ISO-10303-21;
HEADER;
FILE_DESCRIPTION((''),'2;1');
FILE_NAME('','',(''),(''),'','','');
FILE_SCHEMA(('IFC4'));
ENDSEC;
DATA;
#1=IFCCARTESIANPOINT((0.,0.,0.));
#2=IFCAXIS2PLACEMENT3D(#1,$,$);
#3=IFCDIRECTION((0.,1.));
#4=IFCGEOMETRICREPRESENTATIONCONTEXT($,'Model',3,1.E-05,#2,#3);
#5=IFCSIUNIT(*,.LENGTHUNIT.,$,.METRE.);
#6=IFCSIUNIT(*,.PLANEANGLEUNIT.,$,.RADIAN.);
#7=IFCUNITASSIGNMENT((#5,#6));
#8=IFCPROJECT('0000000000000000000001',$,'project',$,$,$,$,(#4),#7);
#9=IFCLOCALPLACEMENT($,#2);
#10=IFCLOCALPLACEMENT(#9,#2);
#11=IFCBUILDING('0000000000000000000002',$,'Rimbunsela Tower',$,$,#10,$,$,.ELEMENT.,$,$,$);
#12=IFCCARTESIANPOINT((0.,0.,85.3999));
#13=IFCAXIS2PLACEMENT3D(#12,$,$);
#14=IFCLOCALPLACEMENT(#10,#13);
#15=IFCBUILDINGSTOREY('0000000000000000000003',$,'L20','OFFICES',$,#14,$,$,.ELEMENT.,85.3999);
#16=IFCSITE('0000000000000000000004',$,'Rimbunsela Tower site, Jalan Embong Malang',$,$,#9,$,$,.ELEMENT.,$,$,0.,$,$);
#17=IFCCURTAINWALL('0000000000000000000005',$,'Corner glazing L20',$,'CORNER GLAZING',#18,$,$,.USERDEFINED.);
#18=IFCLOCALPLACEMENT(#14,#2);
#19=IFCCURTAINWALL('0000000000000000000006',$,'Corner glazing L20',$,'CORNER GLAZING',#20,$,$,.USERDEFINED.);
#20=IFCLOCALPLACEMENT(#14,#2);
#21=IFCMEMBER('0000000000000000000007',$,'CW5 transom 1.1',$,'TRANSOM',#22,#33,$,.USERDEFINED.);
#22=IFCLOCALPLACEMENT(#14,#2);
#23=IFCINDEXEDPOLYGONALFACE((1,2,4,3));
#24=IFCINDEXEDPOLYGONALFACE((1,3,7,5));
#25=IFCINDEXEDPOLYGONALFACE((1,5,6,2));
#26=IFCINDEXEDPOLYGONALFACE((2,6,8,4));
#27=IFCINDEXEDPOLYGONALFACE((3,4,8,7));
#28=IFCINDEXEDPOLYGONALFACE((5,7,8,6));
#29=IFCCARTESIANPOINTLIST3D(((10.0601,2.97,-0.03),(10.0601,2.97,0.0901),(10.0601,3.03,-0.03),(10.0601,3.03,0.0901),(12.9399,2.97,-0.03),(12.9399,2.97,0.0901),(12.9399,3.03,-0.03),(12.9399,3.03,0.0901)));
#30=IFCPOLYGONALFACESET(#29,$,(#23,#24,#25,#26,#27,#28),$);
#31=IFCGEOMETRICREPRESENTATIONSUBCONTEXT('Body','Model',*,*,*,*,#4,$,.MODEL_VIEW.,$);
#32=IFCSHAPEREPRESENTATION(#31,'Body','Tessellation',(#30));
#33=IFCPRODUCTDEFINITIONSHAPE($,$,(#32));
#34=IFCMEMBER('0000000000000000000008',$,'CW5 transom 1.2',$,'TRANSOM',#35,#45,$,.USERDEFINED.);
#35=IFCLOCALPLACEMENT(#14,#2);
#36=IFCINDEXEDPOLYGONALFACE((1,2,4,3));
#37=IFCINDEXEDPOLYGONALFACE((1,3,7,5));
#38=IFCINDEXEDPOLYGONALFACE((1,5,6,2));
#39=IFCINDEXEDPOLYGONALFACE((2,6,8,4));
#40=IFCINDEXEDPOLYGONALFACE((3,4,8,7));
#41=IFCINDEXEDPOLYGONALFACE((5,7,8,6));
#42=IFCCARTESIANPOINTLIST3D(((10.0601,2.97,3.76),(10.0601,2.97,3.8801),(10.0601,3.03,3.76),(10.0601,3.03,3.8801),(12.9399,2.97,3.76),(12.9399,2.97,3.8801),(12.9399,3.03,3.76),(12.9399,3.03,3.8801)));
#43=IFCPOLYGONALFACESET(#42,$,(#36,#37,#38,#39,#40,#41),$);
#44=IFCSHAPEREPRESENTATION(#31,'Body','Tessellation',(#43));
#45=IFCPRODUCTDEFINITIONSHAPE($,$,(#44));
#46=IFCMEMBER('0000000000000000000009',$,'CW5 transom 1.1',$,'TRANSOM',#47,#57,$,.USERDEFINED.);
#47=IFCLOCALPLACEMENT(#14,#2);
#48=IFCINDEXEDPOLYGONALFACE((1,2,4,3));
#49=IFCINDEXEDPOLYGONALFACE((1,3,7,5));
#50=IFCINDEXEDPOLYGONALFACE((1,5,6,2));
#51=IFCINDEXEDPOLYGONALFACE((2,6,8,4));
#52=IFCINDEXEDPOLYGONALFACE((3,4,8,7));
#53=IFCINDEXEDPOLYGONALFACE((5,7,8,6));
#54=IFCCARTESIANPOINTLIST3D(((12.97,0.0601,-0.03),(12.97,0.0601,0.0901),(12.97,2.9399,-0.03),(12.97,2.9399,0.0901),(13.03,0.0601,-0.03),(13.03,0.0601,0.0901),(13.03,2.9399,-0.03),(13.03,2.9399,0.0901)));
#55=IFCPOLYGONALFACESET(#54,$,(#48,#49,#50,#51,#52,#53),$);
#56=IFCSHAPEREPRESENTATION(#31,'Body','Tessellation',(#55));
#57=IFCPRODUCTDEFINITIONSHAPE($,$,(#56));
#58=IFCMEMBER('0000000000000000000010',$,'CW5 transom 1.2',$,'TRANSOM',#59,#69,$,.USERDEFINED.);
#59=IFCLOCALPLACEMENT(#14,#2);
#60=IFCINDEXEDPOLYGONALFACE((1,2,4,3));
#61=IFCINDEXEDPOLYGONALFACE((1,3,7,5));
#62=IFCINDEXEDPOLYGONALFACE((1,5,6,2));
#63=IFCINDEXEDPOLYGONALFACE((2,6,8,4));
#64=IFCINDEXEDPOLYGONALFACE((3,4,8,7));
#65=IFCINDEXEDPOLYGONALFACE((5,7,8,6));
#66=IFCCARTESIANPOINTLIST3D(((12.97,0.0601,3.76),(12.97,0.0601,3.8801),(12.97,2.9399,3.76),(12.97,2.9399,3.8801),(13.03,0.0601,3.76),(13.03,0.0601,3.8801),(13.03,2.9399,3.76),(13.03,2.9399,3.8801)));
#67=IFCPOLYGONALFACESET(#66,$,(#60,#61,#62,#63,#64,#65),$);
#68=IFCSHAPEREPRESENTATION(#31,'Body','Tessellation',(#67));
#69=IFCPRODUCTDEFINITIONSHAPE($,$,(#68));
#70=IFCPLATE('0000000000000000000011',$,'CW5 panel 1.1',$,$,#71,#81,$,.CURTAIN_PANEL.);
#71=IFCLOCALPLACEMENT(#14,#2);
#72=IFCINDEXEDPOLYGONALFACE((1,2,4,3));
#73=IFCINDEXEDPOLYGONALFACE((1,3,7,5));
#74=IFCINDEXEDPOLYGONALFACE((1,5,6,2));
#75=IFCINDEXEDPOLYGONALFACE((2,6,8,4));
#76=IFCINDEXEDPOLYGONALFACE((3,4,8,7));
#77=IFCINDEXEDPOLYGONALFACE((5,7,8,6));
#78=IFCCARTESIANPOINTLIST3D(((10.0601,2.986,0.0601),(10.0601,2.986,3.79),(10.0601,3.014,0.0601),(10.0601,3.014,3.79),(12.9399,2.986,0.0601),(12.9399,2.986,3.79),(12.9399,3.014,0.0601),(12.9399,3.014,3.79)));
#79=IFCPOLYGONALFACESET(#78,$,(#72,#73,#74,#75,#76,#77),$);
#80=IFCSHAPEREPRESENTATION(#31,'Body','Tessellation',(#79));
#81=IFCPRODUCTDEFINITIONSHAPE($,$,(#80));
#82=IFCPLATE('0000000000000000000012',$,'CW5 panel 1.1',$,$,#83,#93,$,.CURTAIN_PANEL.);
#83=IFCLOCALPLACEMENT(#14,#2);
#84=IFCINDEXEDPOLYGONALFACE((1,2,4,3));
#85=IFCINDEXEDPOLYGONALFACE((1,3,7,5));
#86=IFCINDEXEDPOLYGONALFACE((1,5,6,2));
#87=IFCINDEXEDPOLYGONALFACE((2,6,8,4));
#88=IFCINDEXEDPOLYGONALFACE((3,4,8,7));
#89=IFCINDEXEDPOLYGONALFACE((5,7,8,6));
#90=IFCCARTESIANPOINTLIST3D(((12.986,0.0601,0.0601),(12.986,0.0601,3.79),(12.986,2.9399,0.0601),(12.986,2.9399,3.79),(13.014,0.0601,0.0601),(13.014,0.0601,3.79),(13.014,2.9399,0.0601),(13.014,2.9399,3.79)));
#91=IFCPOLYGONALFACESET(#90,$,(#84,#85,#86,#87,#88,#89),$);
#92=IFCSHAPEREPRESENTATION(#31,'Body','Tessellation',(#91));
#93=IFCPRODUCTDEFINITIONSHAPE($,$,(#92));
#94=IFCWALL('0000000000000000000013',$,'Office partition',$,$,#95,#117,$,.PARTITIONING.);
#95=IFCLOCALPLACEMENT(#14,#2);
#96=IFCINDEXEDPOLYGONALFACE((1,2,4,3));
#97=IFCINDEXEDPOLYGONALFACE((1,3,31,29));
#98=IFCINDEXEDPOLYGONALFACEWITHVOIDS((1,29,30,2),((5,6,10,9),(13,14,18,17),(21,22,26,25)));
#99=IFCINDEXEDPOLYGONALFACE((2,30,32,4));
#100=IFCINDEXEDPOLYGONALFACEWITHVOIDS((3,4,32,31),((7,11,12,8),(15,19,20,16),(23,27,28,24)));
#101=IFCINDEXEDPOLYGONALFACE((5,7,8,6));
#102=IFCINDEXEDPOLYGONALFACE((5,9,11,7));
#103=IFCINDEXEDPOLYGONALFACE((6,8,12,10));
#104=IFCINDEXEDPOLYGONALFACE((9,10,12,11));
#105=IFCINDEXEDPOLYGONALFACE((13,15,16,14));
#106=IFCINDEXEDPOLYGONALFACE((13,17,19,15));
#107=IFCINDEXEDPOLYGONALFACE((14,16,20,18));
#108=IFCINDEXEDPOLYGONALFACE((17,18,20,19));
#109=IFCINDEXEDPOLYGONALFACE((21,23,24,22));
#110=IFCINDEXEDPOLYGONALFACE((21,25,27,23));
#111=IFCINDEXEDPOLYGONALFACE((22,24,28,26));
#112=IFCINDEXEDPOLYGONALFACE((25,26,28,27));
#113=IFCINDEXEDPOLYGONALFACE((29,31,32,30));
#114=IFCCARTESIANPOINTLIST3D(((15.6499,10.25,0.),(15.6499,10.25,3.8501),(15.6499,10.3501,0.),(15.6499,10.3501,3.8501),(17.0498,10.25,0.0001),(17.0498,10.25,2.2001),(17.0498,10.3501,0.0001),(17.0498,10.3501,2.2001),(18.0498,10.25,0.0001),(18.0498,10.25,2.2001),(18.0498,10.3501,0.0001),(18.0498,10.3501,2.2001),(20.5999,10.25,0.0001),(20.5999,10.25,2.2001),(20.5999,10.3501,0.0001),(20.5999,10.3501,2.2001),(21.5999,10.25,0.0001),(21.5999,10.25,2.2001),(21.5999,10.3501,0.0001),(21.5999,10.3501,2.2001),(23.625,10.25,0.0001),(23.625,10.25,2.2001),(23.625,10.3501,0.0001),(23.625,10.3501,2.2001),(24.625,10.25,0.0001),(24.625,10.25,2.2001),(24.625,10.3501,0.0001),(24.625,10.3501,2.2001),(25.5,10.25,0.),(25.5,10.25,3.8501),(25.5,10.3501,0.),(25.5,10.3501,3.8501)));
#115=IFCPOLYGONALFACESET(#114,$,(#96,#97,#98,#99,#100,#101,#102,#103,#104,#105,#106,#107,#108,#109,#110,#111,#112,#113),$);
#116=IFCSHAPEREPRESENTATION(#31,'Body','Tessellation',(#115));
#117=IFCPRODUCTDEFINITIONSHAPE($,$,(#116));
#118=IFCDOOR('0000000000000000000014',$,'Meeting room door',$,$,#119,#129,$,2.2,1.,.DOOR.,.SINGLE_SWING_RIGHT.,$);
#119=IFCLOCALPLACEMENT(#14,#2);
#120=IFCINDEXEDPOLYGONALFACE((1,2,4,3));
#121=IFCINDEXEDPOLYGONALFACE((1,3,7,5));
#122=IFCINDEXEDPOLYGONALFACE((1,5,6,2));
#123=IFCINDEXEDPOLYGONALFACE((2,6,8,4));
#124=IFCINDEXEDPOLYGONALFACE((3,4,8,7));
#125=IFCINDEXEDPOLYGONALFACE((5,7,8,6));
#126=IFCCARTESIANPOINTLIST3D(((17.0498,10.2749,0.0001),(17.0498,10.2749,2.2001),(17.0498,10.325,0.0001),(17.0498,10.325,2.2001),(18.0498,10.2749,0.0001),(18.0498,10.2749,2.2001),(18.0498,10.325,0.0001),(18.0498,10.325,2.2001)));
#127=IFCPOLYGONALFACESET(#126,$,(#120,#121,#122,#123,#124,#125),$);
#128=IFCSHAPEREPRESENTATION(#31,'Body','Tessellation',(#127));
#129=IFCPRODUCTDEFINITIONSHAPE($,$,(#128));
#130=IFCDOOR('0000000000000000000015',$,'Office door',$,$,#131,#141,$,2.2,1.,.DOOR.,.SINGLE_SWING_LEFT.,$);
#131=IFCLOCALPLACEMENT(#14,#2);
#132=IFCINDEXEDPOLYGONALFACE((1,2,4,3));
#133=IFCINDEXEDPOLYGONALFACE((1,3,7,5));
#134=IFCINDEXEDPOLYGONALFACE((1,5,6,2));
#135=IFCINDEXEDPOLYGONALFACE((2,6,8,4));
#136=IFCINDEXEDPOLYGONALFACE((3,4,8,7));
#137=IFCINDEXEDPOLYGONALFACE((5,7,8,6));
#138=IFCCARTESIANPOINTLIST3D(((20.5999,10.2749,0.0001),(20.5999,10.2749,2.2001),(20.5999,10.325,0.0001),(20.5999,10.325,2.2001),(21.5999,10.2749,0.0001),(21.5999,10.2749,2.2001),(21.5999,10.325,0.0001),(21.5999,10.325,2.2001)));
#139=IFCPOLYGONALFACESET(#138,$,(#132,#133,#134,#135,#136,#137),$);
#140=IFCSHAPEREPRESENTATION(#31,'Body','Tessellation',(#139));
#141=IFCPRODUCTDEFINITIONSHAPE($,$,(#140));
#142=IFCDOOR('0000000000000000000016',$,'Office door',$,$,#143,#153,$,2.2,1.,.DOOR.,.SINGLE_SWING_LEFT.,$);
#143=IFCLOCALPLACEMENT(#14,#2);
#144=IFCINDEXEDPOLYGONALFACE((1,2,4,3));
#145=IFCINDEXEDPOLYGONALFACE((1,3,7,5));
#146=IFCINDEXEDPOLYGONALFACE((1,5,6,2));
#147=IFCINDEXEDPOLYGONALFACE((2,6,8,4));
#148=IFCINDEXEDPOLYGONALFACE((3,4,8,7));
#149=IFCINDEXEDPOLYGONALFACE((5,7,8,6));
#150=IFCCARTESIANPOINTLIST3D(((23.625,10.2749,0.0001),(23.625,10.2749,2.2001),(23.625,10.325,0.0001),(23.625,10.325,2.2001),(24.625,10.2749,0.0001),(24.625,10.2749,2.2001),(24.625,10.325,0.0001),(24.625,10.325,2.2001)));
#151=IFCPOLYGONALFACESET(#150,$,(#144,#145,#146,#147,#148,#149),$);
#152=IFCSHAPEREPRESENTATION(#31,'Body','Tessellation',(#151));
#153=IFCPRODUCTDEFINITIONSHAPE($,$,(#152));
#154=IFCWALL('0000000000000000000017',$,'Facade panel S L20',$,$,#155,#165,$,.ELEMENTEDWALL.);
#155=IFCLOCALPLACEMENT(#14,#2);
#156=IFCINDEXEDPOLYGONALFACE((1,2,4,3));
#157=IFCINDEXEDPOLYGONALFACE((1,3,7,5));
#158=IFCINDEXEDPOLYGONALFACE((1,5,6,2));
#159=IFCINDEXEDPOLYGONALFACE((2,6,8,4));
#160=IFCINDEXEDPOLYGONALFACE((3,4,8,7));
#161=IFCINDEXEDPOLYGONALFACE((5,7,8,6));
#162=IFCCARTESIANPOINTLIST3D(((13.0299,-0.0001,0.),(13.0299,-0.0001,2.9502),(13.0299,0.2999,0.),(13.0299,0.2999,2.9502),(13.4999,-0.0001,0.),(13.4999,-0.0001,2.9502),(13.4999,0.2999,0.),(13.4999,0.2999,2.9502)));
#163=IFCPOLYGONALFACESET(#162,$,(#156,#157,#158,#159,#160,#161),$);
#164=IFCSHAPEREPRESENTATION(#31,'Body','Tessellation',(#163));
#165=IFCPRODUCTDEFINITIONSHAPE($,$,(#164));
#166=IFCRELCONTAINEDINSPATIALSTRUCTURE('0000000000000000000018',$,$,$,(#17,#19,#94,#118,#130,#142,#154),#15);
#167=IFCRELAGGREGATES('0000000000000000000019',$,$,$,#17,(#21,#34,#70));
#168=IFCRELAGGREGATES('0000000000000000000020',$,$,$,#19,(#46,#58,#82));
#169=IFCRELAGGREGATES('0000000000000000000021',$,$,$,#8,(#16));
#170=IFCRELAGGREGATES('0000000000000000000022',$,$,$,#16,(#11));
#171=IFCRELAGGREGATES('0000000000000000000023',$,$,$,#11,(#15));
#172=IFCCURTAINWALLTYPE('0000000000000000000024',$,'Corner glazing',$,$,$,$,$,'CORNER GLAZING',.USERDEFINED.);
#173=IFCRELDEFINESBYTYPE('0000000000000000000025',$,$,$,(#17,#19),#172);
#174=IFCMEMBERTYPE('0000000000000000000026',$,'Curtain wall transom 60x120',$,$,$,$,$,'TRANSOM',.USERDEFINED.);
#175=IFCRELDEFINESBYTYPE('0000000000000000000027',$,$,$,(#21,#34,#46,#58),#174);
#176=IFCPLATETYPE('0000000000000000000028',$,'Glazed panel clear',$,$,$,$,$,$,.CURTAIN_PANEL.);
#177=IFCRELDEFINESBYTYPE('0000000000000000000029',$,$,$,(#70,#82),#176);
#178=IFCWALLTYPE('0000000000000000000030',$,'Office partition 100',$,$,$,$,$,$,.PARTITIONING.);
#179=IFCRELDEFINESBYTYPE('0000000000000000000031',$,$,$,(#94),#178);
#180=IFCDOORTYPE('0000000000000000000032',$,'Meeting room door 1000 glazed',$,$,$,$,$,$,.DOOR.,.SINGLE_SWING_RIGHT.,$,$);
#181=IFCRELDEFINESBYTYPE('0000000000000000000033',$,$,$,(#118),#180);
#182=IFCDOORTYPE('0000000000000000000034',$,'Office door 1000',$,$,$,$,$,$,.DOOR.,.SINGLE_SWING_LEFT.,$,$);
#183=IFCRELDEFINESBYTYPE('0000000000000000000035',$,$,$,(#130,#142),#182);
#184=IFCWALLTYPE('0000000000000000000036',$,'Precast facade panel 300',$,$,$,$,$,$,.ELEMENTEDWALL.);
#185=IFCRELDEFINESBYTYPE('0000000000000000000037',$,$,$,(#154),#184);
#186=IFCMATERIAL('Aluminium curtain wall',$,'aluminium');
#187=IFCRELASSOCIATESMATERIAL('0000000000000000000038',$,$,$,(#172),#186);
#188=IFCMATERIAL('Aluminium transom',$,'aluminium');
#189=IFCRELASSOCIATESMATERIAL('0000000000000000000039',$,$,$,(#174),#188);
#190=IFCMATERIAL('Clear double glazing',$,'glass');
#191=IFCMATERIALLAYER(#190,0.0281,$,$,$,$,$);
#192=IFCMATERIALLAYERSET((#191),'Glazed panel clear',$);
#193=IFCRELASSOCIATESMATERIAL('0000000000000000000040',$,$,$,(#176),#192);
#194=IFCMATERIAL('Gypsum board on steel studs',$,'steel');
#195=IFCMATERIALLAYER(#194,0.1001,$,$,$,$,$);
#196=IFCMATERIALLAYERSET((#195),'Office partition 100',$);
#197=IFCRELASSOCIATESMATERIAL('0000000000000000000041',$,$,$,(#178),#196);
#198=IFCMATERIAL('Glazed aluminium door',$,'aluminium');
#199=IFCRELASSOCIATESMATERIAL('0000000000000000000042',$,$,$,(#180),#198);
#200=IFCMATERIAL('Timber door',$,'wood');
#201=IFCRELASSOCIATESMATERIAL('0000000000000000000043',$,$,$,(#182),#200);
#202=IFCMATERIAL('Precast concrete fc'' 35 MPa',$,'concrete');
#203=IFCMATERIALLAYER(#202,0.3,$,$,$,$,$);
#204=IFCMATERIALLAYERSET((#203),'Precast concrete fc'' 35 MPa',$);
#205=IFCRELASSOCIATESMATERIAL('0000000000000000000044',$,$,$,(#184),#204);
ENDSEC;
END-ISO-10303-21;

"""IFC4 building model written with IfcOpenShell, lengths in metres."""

from ifc_helpers import new_model, si_unit, direction, frame, frame_2d, origin, origin_2d, place, context, subcontext, project, spatial, rectangle, extrude, material, layer, layer_set, material_profile, profile_set, type_object, element, fill, aggregate, save


model = new_model("IFC4")

# Units and contexts
model_context = context("Model", 3, precision=1e-05, world=origin(), true_north=direction((0.0, 1.0)))
body_context = subcontext(model_context, "Body", "Model", "MODEL_VIEW")
ifc_project = project(units=[si_unit("LENGTHUNIT", "METRE"), si_unit("PLANEANGLEUNIT", "RADIAN")], contexts=[model_context])

# Site, building, storey
site_placement = place(None, origin())
site = spatial("IfcSite", under=ifc_project, at=site_placement, Name="Rimbunsela Tower site, Jalan Embong Malang", CompositionType="ELEMENT", RefElevation=0.0)
building_placement = place(site_placement, origin())
building = spatial("IfcBuilding", under=site, at=building_placement, Name="Rimbunsela Tower", CompositionType="ELEMENT")
storey_placement = place(building_placement, frame((0.0, 0.0, 85.3999)))
storey = spatial("IfcBuildingStorey", under=building, at=storey_placement, Name="L20", Description="OFFICES", CompositionType="ELEMENT", Elevation=85.3999)

# Curtain walls
ifc_material_1 = material(Name="Aluminium curtain wall", Category="aluminium")
curtain_wall_type = type_object("IfcCurtainWallType", Name="Corner glazing", ElementType="CORNER GLAZING", PredefinedType="USERDEFINED", material=ifc_material_1)
curtain_wall_1_placement = place(storey_placement, origin())
curtain_wall_1 = element("IfcCurtainWall", 1, at=curtain_wall_1_placement, inside=storey, type_object=curtain_wall_type, Name="Corner glazing L20", ObjectType="CORNER GLAZING", PredefinedType="USERDEFINED")
curtain_wall_2_placement = place(storey_placement, origin())
curtain_wall_2 = element("IfcCurtainWall", 2, at=curtain_wall_2_placement, inside=storey, type_object=curtain_wall_type, Name="Corner glazing L20", ObjectType="CORNER GLAZING", PredefinedType="USERDEFINED")

# Members
ifc_material_2 = material(Name="Aluminium transom", Category="aluminium")
ifc_material_profile_1 = material_profile(ifc_material_2, rectangle(XDim=0.0601, YDim=0.1201, at=origin_2d()), Name="Transom 60x120")
ifc_profile_set_1 = profile_set([ifc_material_profile_1], Name="Aluminium transom")
member_type_1 = type_object("IfcMemberType", Name="Curtain wall transom 60x120", ElementType="TRANSOM", PredefinedType="USERDEFINED", material=ifc_profile_set_1)
member_1_placement = place(storey_placement, frame((10.0601, 3.0, 0.03), z_axis=(1.0, 0.0, 0.0), x_axis=(0.0, 1.0, 0.0)))
member_1 = element("IfcMember", 3, at=member_1_placement, type_object=member_type_1, Name="CW5 transom 1.1", ObjectType="TRANSOM", PredefinedType="USERDEFINED", context=body_context, shape_type="SweptSolid", body=[
    extrude(rectangle(XDim=0.0601, YDim=0.1201, at=origin_2d()), origin(), (0.0, 0.0, 1.0), 2.8799),
])
member_2_placement = place(storey_placement, frame((10.0601, 3.0, 3.8201), z_axis=(1.0, 0.0, 0.0), x_axis=(0.0, 1.0, 0.0)))
member_2 = element("IfcMember", 4, at=member_2_placement, type_object=member_type_1, Name="CW5 transom 1.2", ObjectType="TRANSOM", PredefinedType="USERDEFINED", context=body_context, shape_type="SweptSolid", body=[
    extrude(rectangle(XDim=0.0601, YDim=0.1201, at=origin_2d()), origin(), (0.0, 0.0, 1.0), 2.8799),
])
member_3_placement = place(storey_placement, frame((13.0, 2.9399, 0.03), z_axis=(0.0, -1.0, 0.0), x_axis=(1.0, 0.0, 0.0)))
member_3 = element("IfcMember", 5, at=member_3_placement, type_object=member_type_1, Name="CW5 transom 1.1", ObjectType="TRANSOM", PredefinedType="USERDEFINED", context=body_context, shape_type="SweptSolid", body=[
    extrude(rectangle(XDim=0.0601, YDim=0.1201, at=origin_2d()), origin(), (0.0, 0.0, 1.0), 2.8799),
])
member_4_placement = place(storey_placement, frame((13.0, 2.9399, 3.8201), z_axis=(0.0, -1.0, 0.0), x_axis=(1.0, 0.0, 0.0)))
member_4 = element("IfcMember", 6, at=member_4_placement, type_object=member_type_1, Name="CW5 transom 1.2", ObjectType="TRANSOM", PredefinedType="USERDEFINED", context=body_context, shape_type="SweptSolid", body=[
    extrude(rectangle(XDim=0.0601, YDim=0.1201, at=origin_2d()), origin(), (0.0, 0.0, 1.0), 2.8799),
])

# Plates
ifc_material_3 = material(Name="Clear double glazing", Category="glass")
ifc_layer_1 = layer(ifc_material_3, 0.0281)
ifc_layer_set_1 = layer_set([ifc_layer_1], Name="Glazed panel clear")
plate_type = type_object("IfcPlateType", Name="Glazed panel clear", PredefinedType="CURTAIN_PANEL", material=ifc_layer_set_1)
plate_1_placement = place(storey_placement, frame((11.5, 3.0, 0.0601), z_axis=(0.0, 0.0, 1.0), x_axis=(1.0, 0.0, 0.0)))
plate_1 = element("IfcPlate", 7, at=plate_1_placement, type_object=plate_type, Name="CW5 panel 1.1", PredefinedType="CURTAIN_PANEL", context=body_context, shape_type="SweptSolid", body=[
    extrude(rectangle(XDim=2.8799, YDim=0.0281, at=origin_2d()), origin(), (0.0, 0.0, 1.0), 3.73),
])
aggregate(curtain_wall_1, [member_1, member_2, plate_1])
plate_2_placement = place(storey_placement, frame((13.0, 1.5, 0.0601), z_axis=(0.0, 0.0, 1.0), x_axis=(0.0, -1.0, 0.0)))
plate_2 = element("IfcPlate", 8, at=plate_2_placement, type_object=plate_type, Name="CW5 panel 1.1", PredefinedType="CURTAIN_PANEL", context=body_context, shape_type="SweptSolid", body=[
    extrude(rectangle(XDim=2.8799, YDim=0.0281, at=origin_2d()), origin(), (0.0, 0.0, 1.0), 3.73),
])
aggregate(curtain_wall_2, [member_3, member_4, plate_2])

# Wall, openings, doors
ifc_material_4 = material(Name="Gypsum board on steel studs", Category="steel")
ifc_layer_2 = layer(ifc_material_4, 0.1001)
ifc_layer_set_2 = layer_set([ifc_layer_2], Name="Office partition 100")
wall_type_1 = type_object("IfcWallType", Name="Office partition 100", PredefinedType="PARTITIONING", material=ifc_layer_set_2)
wall_1_placement = place(storey_placement, frame((15.6499, 10.3, 0.0), z_axis=(0.0, 0.0, 1.0), x_axis=(1.0, 0.0, 0.0)))
wall_1 = element("IfcWall", 9, at=wall_1_placement, inside=storey, type_object=wall_type_1, Name="Office partition", PredefinedType="PARTITIONING", context=body_context, shape_type="SweptSolid", body=[
    extrude(rectangle(XDim=9.8501, YDim=0.1001, at=frame_2d((4.925, 0.0))), origin(), (0.0, 0.0, 1.0), 3.8501),
])
opening_1_placement = place(wall_1_placement, frame((1.3999, 0.0, 0.0)))
opening_1 = element("IfcOpeningElement", 10, at=opening_1_placement, cuts=wall_1, PredefinedType="OPENING", context=body_context, shape_type="SweptSolid", body=[
    extrude(rectangle(XDim=1.0, YDim=2.2, at=frame_2d((0.5, 1.1001))), frame((0.0, 0.0601, 0.0), z_axis=(0.0, -1.0, 0.0), x_axis=(1.0, 0.0, 0.0)), (0.0, 0.0, 1.0), 0.1201),
])
opening_2_placement = place(wall_1_placement, frame((4.95, 0.0, 0.0)))
opening_2 = element("IfcOpeningElement", 11, at=opening_2_placement, cuts=wall_1, PredefinedType="OPENING", context=body_context, shape_type="SweptSolid", body=[
    extrude(rectangle(XDim=1.0, YDim=2.2, at=frame_2d((0.5, 1.1001))), frame((0.0, 0.0601, 0.0), z_axis=(0.0, -1.0, 0.0), x_axis=(1.0, 0.0, 0.0)), (0.0, 0.0, 1.0), 0.1201),
])
opening_3_placement = place(wall_1_placement, frame((7.9751, 0.0, 0.0)))
opening_3 = element("IfcOpeningElement", 12, at=opening_3_placement, cuts=wall_1, PredefinedType="OPENING", context=body_context, shape_type="SweptSolid", body=[
    extrude(rectangle(XDim=1.0, YDim=2.2, at=frame_2d((0.5, 1.1001))), frame((0.0, 0.0601, 0.0), z_axis=(0.0, -1.0, 0.0), x_axis=(1.0, 0.0, 0.0)), (0.0, 0.0, 1.0), 0.1201),
])
ifc_material_5 = material(Name="Glazed aluminium door", Category="aluminium")
door_type_1 = type_object("IfcDoorType", Name="Meeting room door 1000 glazed", OperationType="SINGLE_SWING_RIGHT", PredefinedType="DOOR", material=ifc_material_5)
door_1_placement = place(opening_1_placement, origin())
door_1 = element("IfcDoor", 13, at=door_1_placement, inside=storey, type_object=door_type_1, Name="Meeting room door", OperationType="SINGLE_SWING_RIGHT", OverallHeight=2.2, OverallWidth=1.0, PredefinedType="DOOR", context=body_context, shape_type="SweptSolid", body=[
    extrude(rectangle(XDim=1.0, YDim=2.2, at=frame_2d((0.5, 1.1001))), frame((0.0, 0.0249, 0.0), z_axis=(0.0, -1.0, 0.0), x_axis=(1.0, 0.0, 0.0)), (0.0, 0.0, 1.0), 0.05),
])
fill(opening_1, door_1)
ifc_material_6 = material(Name="Timber door", Category="wood")
door_type_2 = type_object("IfcDoorType", Name="Office door 1000", OperationType="SINGLE_SWING_LEFT", PredefinedType="DOOR", material=ifc_material_6)
door_2_placement = place(opening_2_placement, origin())
door_2 = element("IfcDoor", 14, at=door_2_placement, inside=storey, type_object=door_type_2, Name="Office door", OperationType="SINGLE_SWING_LEFT", OverallHeight=2.2, OverallWidth=1.0, PredefinedType="DOOR", context=body_context, shape_type="SweptSolid", body=[
    extrude(rectangle(XDim=1.0, YDim=2.2, at=frame_2d((0.5, 1.1001))), frame((0.0, 0.0249, 0.0), z_axis=(0.0, -1.0, 0.0), x_axis=(1.0, 0.0, 0.0)), (0.0, 0.0, 1.0), 0.05),
])
fill(opening_2, door_2)
door_3_placement = place(opening_3_placement, origin())
door_3 = element("IfcDoor", 15, at=door_3_placement, inside=storey, type_object=door_type_2, Name="Office door", OperationType="SINGLE_SWING_LEFT", OverallHeight=2.2, OverallWidth=1.0, PredefinedType="DOOR", context=body_context, shape_type="SweptSolid", body=[
    extrude(rectangle(XDim=1.0, YDim=2.2, at=frame_2d((0.5, 1.1001))), frame((0.0, 0.0249, 0.0), z_axis=(0.0, -1.0, 0.0), x_axis=(1.0, 0.0, 0.0)), (0.0, 0.0, 1.0), 0.05),
])
fill(opening_3, door_3)

# Wall
ifc_material_7 = material(Name="Precast concrete fc' 35 MPa", Category="concrete")
ifc_layer_3 = layer(ifc_material_7, 0.3)
ifc_layer_set_3 = layer_set([ifc_layer_3], Name="Precast concrete fc' 35 MPa")
wall_type_2 = type_object("IfcWallType", Name="Precast facade panel 300", PredefinedType="ELEMENTEDWALL", material=ifc_layer_set_3)
wall_2_placement = place(storey_placement, frame((13.03, 0.1499, 0.0), z_axis=(0.0, 0.0, 1.0), x_axis=(1.0, 0.0, 0.0)))
element("IfcWall", 16, at=wall_2_placement, inside=storey, type_object=wall_type_2, Name="Facade panel S L20", PredefinedType="ELEMENTEDWALL", context=body_context, shape_type="SweptSolid", body=[
    extrude(rectangle(XDim=0.47, YDim=0.3, at=frame_2d((0.2349, 0.0))), origin(), (0.0, 0.0, 1.0), 2.9502),
])

save(model, "model.ifc")
